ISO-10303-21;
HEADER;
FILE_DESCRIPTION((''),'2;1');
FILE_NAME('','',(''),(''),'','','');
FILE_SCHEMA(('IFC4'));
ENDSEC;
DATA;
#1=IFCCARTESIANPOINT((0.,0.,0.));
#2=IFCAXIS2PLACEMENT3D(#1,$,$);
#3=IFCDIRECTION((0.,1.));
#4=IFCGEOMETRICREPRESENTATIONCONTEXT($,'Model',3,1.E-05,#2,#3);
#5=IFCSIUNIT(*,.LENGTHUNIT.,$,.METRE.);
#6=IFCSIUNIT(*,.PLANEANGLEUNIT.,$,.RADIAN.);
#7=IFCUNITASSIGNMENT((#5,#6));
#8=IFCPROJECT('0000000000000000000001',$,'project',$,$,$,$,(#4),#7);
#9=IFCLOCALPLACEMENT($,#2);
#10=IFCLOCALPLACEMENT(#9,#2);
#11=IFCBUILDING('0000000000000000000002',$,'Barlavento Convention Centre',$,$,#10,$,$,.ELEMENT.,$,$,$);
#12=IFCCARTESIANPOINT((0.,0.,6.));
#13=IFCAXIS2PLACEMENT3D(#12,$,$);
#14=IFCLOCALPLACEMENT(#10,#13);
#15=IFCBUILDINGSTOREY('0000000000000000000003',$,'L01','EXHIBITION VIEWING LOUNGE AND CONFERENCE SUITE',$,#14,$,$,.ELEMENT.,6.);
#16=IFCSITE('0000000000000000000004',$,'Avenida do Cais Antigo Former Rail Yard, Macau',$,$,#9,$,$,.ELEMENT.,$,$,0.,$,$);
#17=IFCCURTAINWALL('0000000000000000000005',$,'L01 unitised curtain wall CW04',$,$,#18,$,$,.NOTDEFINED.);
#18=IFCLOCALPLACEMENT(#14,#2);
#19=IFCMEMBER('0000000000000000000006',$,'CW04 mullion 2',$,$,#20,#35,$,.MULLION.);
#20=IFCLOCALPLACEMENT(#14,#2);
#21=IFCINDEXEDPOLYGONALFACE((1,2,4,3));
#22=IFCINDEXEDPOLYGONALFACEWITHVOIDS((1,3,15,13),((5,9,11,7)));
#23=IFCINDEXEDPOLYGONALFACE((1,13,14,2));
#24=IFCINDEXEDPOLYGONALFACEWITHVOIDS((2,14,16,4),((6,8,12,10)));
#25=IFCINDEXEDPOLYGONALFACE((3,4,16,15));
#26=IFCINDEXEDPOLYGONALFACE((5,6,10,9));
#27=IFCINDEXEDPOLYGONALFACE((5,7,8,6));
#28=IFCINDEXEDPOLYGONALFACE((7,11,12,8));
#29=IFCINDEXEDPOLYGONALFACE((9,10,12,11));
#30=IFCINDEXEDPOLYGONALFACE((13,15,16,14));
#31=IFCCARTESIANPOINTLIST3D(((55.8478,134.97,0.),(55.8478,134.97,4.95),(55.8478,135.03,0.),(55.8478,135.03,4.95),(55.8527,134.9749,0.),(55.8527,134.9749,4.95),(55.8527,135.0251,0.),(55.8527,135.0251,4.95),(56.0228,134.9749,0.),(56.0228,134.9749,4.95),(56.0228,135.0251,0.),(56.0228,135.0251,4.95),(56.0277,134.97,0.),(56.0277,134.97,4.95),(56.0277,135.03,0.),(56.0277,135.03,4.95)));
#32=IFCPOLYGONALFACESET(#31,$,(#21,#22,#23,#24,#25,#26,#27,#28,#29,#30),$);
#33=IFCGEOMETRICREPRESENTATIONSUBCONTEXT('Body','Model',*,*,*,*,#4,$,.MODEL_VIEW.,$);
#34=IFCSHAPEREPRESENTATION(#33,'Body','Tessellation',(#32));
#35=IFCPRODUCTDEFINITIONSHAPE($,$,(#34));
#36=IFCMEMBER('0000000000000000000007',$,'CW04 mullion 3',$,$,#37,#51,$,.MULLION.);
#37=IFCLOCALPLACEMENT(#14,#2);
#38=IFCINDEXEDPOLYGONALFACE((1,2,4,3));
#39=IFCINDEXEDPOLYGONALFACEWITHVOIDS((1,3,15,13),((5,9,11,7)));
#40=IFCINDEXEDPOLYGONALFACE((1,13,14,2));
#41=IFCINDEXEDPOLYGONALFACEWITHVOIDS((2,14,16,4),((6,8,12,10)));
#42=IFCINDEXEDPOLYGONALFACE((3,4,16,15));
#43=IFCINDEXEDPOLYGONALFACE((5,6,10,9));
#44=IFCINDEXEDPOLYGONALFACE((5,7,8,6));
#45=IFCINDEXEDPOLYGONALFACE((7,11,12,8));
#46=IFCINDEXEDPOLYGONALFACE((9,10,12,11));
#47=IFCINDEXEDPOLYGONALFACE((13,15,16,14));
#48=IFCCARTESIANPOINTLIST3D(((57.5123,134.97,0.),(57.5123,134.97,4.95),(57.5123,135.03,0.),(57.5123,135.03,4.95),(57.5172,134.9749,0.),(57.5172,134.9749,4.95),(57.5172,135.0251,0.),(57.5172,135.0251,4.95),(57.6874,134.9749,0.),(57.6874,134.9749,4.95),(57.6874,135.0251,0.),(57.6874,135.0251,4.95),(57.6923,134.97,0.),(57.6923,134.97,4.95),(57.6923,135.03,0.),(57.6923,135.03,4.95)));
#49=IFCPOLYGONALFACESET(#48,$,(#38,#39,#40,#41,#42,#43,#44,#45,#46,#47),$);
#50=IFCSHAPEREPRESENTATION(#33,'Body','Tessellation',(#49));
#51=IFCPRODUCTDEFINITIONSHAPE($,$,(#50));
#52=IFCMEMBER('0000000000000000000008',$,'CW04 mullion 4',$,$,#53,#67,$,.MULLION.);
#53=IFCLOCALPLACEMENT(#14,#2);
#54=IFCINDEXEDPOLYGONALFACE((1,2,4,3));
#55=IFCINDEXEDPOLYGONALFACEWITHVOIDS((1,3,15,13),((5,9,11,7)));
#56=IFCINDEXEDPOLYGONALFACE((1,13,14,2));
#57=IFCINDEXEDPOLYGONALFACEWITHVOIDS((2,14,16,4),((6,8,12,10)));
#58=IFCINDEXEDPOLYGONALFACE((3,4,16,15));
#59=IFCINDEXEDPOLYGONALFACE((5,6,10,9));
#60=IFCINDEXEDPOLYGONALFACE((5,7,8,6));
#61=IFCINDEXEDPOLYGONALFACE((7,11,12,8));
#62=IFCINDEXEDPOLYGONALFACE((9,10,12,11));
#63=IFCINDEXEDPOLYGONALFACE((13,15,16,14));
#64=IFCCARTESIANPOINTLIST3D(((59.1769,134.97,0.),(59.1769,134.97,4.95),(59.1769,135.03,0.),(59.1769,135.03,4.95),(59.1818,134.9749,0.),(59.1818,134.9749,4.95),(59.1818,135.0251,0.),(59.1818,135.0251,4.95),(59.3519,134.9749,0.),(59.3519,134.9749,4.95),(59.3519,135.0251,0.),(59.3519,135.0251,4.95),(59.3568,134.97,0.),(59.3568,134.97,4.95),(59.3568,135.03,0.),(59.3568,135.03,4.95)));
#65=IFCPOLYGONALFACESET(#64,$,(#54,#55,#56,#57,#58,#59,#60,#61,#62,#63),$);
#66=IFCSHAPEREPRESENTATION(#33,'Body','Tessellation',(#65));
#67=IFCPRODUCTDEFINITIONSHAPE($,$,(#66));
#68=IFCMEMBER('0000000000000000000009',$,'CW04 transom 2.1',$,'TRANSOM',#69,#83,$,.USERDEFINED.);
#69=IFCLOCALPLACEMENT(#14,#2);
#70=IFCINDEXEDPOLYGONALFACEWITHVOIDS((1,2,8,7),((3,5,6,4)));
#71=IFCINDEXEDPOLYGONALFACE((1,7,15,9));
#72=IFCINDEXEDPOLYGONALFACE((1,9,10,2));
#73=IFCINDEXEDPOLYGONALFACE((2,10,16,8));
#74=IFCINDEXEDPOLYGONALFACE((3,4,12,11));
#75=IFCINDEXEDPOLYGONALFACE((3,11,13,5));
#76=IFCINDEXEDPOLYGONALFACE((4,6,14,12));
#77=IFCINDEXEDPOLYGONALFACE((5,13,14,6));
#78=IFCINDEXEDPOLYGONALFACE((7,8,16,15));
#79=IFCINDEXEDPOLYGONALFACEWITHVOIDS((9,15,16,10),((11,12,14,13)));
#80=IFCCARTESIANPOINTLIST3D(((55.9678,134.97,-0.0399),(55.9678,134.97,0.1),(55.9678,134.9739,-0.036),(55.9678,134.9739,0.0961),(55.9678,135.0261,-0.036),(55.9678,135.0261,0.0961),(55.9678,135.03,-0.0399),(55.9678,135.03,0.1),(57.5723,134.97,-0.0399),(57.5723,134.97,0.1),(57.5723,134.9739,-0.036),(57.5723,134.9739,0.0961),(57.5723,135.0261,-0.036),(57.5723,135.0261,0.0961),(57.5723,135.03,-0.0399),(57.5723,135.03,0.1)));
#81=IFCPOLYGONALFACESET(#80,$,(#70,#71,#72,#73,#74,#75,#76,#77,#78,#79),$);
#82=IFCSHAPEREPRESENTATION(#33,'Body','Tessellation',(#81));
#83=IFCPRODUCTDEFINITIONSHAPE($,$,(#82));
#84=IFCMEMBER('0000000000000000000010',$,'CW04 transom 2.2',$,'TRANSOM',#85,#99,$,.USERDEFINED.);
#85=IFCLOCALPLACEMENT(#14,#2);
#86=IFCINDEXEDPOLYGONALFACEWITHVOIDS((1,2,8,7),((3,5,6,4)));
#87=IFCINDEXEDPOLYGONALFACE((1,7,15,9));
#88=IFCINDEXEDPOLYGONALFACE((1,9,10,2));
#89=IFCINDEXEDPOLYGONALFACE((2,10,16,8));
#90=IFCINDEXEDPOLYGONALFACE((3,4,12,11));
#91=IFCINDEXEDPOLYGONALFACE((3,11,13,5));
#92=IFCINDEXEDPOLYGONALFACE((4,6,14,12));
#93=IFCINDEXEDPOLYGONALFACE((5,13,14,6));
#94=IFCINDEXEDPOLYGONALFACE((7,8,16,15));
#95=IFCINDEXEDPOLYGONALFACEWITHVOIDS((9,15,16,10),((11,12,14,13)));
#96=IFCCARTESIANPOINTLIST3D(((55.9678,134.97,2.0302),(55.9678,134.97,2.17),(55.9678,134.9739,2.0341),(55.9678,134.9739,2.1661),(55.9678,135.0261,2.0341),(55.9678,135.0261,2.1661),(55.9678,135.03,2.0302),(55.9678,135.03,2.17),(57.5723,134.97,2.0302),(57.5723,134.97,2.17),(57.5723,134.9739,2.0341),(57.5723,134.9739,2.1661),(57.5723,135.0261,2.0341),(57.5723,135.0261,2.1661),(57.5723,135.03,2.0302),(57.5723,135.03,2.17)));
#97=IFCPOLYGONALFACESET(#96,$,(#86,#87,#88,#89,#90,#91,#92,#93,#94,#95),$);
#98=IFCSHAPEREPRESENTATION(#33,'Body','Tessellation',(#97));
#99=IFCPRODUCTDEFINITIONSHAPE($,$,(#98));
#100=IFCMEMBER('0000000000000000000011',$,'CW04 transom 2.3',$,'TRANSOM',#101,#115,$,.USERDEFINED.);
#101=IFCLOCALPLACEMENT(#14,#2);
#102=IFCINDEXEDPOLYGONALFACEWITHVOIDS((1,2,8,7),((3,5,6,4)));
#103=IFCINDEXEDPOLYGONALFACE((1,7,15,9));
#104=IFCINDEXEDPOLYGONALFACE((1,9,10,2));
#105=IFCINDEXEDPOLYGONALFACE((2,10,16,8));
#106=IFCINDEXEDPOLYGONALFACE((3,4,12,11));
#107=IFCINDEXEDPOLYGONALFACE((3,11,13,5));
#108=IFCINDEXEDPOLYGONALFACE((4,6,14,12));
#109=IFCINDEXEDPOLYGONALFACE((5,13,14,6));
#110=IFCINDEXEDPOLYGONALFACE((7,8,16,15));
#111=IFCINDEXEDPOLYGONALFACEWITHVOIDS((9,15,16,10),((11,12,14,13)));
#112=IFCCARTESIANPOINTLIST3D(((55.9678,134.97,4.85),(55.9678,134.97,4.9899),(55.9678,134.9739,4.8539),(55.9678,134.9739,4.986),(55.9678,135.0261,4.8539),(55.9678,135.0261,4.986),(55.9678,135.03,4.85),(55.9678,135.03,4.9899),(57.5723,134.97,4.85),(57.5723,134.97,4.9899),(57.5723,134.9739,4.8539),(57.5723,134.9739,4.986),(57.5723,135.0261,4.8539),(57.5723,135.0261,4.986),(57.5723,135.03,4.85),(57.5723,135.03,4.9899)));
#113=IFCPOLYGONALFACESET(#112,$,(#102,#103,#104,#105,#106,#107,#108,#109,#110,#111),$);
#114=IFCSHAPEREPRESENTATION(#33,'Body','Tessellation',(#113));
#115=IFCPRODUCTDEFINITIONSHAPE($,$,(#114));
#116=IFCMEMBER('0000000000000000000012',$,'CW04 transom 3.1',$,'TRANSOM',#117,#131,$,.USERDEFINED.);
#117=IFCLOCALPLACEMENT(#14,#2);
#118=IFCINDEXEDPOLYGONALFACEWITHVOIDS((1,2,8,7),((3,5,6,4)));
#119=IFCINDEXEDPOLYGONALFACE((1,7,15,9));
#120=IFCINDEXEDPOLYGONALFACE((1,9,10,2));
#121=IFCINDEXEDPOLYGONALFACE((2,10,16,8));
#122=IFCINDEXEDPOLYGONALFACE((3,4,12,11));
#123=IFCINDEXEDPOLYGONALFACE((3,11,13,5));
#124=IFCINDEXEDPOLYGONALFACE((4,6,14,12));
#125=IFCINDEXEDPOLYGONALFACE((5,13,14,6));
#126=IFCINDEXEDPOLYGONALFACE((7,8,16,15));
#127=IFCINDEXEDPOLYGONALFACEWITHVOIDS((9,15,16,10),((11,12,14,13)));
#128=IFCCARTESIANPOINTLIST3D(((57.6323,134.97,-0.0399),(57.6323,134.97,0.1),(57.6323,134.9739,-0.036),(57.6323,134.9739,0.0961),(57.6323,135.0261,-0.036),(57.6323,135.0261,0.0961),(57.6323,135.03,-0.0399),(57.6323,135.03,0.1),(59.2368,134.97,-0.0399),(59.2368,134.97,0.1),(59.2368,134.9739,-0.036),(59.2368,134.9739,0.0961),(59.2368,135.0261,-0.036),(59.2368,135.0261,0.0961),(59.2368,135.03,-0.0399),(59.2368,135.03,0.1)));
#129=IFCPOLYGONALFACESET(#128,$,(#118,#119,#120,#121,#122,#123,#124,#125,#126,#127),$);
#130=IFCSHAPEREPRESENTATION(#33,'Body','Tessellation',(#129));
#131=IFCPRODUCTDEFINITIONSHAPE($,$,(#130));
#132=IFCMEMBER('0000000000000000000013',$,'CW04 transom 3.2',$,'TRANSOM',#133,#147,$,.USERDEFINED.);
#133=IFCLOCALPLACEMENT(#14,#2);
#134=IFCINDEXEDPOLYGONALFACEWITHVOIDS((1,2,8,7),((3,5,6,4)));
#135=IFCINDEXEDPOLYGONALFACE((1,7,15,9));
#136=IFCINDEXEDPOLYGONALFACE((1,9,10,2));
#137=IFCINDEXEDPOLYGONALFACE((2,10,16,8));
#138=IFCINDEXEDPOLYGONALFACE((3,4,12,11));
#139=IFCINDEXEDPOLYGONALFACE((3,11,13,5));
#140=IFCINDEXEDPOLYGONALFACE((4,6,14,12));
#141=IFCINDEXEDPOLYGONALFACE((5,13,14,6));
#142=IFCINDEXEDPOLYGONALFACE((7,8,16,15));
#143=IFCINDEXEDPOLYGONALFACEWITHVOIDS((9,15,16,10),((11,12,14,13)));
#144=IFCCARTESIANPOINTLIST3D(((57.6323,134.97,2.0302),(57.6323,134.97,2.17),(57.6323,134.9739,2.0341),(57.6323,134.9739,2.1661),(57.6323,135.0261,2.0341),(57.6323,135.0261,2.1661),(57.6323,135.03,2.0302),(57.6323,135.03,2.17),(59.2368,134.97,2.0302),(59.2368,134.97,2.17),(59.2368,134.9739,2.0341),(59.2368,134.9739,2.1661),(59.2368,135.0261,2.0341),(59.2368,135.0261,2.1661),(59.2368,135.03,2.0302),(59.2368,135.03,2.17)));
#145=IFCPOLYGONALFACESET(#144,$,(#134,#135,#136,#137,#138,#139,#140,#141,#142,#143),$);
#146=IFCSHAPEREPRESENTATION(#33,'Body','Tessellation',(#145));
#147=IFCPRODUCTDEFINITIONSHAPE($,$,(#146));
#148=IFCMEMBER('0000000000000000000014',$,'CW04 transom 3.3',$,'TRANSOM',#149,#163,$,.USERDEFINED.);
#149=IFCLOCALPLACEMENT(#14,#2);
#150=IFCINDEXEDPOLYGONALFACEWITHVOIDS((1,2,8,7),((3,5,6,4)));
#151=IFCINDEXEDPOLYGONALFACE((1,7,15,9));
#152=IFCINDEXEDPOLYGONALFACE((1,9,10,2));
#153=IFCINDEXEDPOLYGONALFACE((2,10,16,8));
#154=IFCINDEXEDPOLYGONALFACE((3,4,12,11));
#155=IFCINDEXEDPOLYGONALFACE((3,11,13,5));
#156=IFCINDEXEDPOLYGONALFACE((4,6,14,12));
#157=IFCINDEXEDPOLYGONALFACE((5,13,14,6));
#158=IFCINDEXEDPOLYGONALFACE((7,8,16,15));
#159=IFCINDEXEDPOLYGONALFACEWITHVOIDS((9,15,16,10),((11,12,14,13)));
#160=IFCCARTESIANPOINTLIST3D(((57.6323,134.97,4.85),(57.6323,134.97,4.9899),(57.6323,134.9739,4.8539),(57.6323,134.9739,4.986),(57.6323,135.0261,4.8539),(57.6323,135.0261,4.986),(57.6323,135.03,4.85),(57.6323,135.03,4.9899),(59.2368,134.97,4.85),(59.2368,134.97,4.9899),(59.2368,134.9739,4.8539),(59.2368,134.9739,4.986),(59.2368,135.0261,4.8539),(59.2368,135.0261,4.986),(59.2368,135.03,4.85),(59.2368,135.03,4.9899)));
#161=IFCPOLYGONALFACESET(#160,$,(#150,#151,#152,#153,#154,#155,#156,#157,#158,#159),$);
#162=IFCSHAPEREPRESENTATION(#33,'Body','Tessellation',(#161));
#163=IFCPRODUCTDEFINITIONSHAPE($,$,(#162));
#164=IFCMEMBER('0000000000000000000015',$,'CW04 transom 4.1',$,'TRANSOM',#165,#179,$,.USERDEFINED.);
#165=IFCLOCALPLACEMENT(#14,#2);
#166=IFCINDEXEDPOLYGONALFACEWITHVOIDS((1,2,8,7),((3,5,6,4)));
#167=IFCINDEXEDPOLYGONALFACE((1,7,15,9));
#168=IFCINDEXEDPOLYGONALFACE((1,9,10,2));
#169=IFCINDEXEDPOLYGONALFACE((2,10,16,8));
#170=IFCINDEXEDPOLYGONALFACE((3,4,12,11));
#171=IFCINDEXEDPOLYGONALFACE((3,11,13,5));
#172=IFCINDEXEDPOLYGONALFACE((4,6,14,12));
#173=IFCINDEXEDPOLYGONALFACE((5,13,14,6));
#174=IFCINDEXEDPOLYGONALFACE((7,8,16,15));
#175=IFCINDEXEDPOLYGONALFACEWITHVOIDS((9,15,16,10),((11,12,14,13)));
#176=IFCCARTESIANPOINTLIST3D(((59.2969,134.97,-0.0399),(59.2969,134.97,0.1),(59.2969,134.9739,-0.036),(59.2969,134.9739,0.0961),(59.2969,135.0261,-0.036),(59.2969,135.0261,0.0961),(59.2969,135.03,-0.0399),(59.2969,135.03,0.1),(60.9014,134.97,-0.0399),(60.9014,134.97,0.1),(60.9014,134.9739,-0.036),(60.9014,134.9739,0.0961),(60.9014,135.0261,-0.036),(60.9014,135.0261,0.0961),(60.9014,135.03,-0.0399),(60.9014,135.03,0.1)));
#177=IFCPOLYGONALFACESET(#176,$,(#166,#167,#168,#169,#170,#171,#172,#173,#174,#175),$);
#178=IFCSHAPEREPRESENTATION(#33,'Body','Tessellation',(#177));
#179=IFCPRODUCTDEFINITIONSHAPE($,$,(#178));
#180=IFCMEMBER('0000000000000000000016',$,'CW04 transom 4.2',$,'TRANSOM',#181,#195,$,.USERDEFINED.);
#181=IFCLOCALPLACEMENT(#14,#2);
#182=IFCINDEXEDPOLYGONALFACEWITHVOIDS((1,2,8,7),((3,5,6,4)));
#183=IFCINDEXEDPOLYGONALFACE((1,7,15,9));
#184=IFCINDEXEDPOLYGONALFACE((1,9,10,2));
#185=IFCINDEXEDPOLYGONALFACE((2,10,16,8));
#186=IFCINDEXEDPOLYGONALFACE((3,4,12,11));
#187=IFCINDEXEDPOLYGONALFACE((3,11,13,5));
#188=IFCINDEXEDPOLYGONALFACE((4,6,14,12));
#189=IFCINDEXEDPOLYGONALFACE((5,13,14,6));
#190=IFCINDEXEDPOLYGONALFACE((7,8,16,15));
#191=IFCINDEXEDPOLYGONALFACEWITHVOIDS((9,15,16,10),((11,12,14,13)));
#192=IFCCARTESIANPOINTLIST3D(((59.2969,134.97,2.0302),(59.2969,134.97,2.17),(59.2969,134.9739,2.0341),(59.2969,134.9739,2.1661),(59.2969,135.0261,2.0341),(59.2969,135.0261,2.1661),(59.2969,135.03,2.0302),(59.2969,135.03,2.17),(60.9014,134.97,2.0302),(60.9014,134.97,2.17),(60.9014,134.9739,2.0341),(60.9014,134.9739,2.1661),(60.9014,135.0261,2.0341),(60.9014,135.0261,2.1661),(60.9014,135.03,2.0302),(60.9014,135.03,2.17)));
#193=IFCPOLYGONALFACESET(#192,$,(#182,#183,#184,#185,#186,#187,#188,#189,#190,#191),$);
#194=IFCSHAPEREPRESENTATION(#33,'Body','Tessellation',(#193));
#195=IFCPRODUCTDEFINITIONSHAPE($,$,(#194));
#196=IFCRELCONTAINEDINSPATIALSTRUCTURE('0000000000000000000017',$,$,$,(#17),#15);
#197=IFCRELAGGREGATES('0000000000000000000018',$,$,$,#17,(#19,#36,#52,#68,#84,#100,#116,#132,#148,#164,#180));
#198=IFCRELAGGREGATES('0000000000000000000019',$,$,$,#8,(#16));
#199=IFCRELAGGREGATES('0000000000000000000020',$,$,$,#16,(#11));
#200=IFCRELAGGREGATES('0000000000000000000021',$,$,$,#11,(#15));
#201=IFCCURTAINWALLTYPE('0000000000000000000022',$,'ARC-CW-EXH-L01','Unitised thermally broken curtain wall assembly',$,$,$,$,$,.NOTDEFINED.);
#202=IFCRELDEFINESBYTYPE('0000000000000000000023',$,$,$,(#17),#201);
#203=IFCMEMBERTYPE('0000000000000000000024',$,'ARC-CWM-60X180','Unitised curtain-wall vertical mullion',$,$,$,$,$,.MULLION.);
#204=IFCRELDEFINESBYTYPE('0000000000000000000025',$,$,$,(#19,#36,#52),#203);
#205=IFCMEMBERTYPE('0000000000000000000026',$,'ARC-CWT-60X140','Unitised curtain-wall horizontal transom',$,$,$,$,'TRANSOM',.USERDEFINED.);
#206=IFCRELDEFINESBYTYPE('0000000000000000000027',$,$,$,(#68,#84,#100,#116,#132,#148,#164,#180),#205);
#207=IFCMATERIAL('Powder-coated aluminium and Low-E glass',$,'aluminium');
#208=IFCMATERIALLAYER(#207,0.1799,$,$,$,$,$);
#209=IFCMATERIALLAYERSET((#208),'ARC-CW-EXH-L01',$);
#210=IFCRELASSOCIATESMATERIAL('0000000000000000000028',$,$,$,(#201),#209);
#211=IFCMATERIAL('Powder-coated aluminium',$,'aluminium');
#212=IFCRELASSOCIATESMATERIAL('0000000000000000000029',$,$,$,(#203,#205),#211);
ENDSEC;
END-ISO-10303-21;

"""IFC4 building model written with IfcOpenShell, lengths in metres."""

from ifc_helpers import new_model, si_unit, direction, frame, origin, origin_2d, place, context, subcontext, project, spatial, hollow_rectangle, extrude, material, layer, layer_set, material_profile, profile_set, type_object, element, aggregate, save


model = new_model("IFC4")

# Units and contexts
model_context = context("Model", 3, precision=1e-05, world=origin(), true_north=direction((0.0, 1.0)))
body_context = subcontext(model_context, "Body", "Model", "MODEL_VIEW")
ifc_project = project(units=[si_unit("LENGTHUNIT", "METRE"), si_unit("PLANEANGLEUNIT", "RADIAN")], contexts=[model_context])

# Site, building, storey
site_placement = place(None, origin())
site = spatial("IfcSite", under=ifc_project, at=site_placement, Name="Avenida do Cais Antigo Former Rail Yard, Macau", CompositionType="ELEMENT", RefElevation=0.0)
building_placement = place(site_placement, origin())
building = spatial("IfcBuilding", under=site, at=building_placement, Name="Barlavento Convention Centre", CompositionType="ELEMENT")
storey_placement = place(building_placement, frame((0.0, 0.0, 6.0)))
storey = spatial("IfcBuildingStorey", under=building, at=storey_placement, Name="L01", Description="EXHIBITION VIEWING LOUNGE AND CONFERENCE SUITE", CompositionType="ELEMENT", Elevation=6.0)

# Curtain wall, members
ifc_material_1 = material(Name="Powder-coated aluminium and Low-E glass", Category="aluminium")
ifc_layer_1 = layer(ifc_material_1, 0.1799)
ifc_layer_set_1 = layer_set([ifc_layer_1], Name="ARC-CW-EXH-L01")
curtain_wall_type = type_object("IfcCurtainWallType", Name="ARC-CW-EXH-L01", Description="Unitised thermally broken curtain wall assembly", PredefinedType="NOTDEFINED", material=ifc_layer_set_1)
curtain_wall_placement = place(storey_placement, origin())
curtain_wall = element("IfcCurtainWall", 1, at=curtain_wall_placement, inside=storey, type_object=curtain_wall_type, Name="L01 unitised curtain wall CW04", PredefinedType="NOTDEFINED")
ifc_material_2 = material(Name="Powder-coated aluminium", Category="aluminium")
ifc_material_profile_1 = material_profile(ifc_material_2, hollow_rectangle(XDim=0.0601, YDim=0.1799, WallThickness=0.0049, at=origin_2d()), Name="AL-MULL 60x180x5")
ifc_profile_set_1 = profile_set([ifc_material_profile_1], Name="Powder-coated aluminium")
member_type_1 = type_object("IfcMemberType", Name="ARC-CWM-60X180", Description="Unitised curtain-wall vertical mullion", PredefinedType="MULLION", material=ifc_profile_set_1)
member_1_placement = place(storey_placement, frame((55.9377, 135.0, 0.0), z_axis=(0.0, 0.0, 1.0), x_axis=(0.0, 1.0, 0.0)))
member_1 = element("IfcMember", 2, at=member_1_placement, type_object=member_type_1, Name="CW04 mullion 2", PredefinedType="MULLION", context=body_context, shape_type="SweptSolid", body=[
    extrude(hollow_rectangle(XDim=0.0601, YDim=0.1799, WallThickness=0.0049, at=origin_2d()), origin(), (0.0, 0.0, 1.0), 4.95),
])
member_2_placement = place(storey_placement, frame((57.6023, 135.0, 0.0), z_axis=(0.0, 0.0, 1.0), x_axis=(0.0, 1.0, 0.0)))
member_2 = element("IfcMember", 3, at=member_2_placement, type_object=member_type_1, Name="CW04 mullion 3", PredefinedType="MULLION", context=body_context, shape_type="SweptSolid", body=[
    extrude(hollow_rectangle(XDim=0.0601, YDim=0.1799, WallThickness=0.0049, at=origin_2d()), origin(), (0.0, 0.0, 1.0), 4.95),
])
member_3_placement = place(storey_placement, frame((59.2668, 135.0, 0.0), z_axis=(0.0, 0.0, 1.0), x_axis=(0.0, 1.0, 0.0)))
member_3 = element("IfcMember", 4, at=member_3_placement, type_object=member_type_1, Name="CW04 mullion 4", PredefinedType="MULLION", context=body_context, shape_type="SweptSolid", body=[
    extrude(hollow_rectangle(XDim=0.0601, YDim=0.1799, WallThickness=0.0049, at=origin_2d()), origin(), (0.0, 0.0, 1.0), 4.95),
])
ifc_material_profile_2 = material_profile(ifc_material_2, hollow_rectangle(XDim=0.0601, YDim=0.1399, WallThickness=0.0039, at=origin_2d()), Name="AL-TRAN 60x140x4")
ifc_profile_set_2 = profile_set([ifc_material_profile_2], Name="Powder-coated aluminium")
member_type_2 = type_object("IfcMemberType", Name="ARC-CWT-60X140", Description="Unitised curtain-wall horizontal transom", ElementType="TRANSOM", PredefinedType="USERDEFINED", material=ifc_profile_set_2)
member_4_placement = place(storey_placement, frame((55.9678, 135.0, 0.03), z_axis=(1.0, 0.0, 0.0), x_axis=(0.0, 1.0, 0.0)))
member_4 = element("IfcMember", 5, at=member_4_placement, type_object=member_type_2, Name="CW04 transom 2.1", ObjectType="TRANSOM", PredefinedType="USERDEFINED", context=body_context, shape_type="SweptSolid", body=[
    extrude(hollow_rectangle(XDim=0.0601, YDim=0.1399, WallThickness=0.0039, at=origin_2d()), origin(), (0.0, 0.0, 1.0), 1.6045),
])
member_5_placement = place(storey_placement, frame((55.9678, 135.0, 2.1001), z_axis=(1.0, 0.0, 0.0), x_axis=(0.0, 1.0, 0.0)))
member_5 = element("IfcMember", 6, at=member_5_placement, type_object=member_type_2, Name="CW04 transom 2.2", ObjectType="TRANSOM", PredefinedType="USERDEFINED", context=body_context, shape_type="SweptSolid", body=[
    extrude(hollow_rectangle(XDim=0.0601, YDim=0.1399, WallThickness=0.0039, at=origin_2d()), origin(), (0.0, 0.0, 1.0), 1.6045),
])
member_6_placement = place(storey_placement, frame((55.9678, 135.0, 4.9199), z_axis=(1.0, 0.0, 0.0), x_axis=(0.0, 1.0, 0.0)))
member_6 = element("IfcMember", 7, at=member_6_placement, type_object=member_type_2, Name="CW04 transom 2.3", ObjectType="TRANSOM", PredefinedType="USERDEFINED", context=body_context, shape_type="SweptSolid", body=[
    extrude(hollow_rectangle(XDim=0.0601, YDim=0.1399, WallThickness=0.0039, at=origin_2d()), origin(), (0.0, 0.0, 1.0), 1.6045),
])
member_7_placement = place(storey_placement, frame((57.6323, 135.0, 0.03), z_axis=(1.0, 0.0, 0.0), x_axis=(0.0, 1.0, 0.0)))
member_7 = element("IfcMember", 8, at=member_7_placement, type_object=member_type_2, Name="CW04 transom 3.1", ObjectType="TRANSOM", PredefinedType="USERDEFINED", context=body_context, shape_type="SweptSolid", body=[
    extrude(hollow_rectangle(XDim=0.0601, YDim=0.1399, WallThickness=0.0039, at=origin_2d()), origin(), (0.0, 0.0, 1.0), 1.6045),
])
member_8_placement = place(storey_placement, frame((57.6323, 135.0, 2.1001), z_axis=(1.0, 0.0, 0.0), x_axis=(0.0, 1.0, 0.0)))
member_8 = element("IfcMember", 9, at=member_8_placement, type_object=member_type_2, Name="CW04 transom 3.2", ObjectType="TRANSOM", PredefinedType="USERDEFINED", context=body_context, shape_type="SweptSolid", body=[
    extrude(hollow_rectangle(XDim=0.0601, YDim=0.1399, WallThickness=0.0039, at=origin_2d()), origin(), (0.0, 0.0, 1.0), 1.6045),
])
member_9_placement = place(storey_placement, frame((57.6323, 135.0, 4.9199), z_axis=(1.0, 0.0, 0.0), x_axis=(0.0, 1.0, 0.0)))
member_9 = element("IfcMember", 10, at=member_9_placement, type_object=member_type_2, Name="CW04 transom 3.3", ObjectType="TRANSOM", PredefinedType="USERDEFINED", context=body_context, shape_type="SweptSolid", body=[
    extrude(hollow_rectangle(XDim=0.0601, YDim=0.1399, WallThickness=0.0039, at=origin_2d()), origin(), (0.0, 0.0, 1.0), 1.6045),
])
member_10_placement = place(storey_placement, frame((59.2969, 135.0, 0.03), z_axis=(1.0, 0.0, 0.0), x_axis=(0.0, 1.0, 0.0)))
member_10 = element("IfcMember", 11, at=member_10_placement, type_object=member_type_2, Name="CW04 transom 4.1", ObjectType="TRANSOM", PredefinedType="USERDEFINED", context=body_context, shape_type="SweptSolid", body=[
    extrude(hollow_rectangle(XDim=0.0601, YDim=0.1399, WallThickness=0.0039, at=origin_2d()), origin(), (0.0, 0.0, 1.0), 1.6045),
])
member_11_placement = place(storey_placement, frame((59.2969, 135.0, 2.1001), z_axis=(1.0, 0.0, 0.0), x_axis=(0.0, 1.0, 0.0)))
member_11 = element("IfcMember", 12, at=member_11_placement, type_object=member_type_2, Name="CW04 transom 4.2", ObjectType="TRANSOM", PredefinedType="USERDEFINED", context=body_context, shape_type="SweptSolid", body=[
    extrude(hollow_rectangle(XDim=0.0601, YDim=0.1399, WallThickness=0.0039, at=origin_2d()), origin(), (0.0, 0.0, 1.0), 1.6045),
])
aggregate(curtain_wall, [member_1, member_2, member_3, member_4, member_5, member_6, member_7, member_8, member_9, member_10, member_11])

save(model, "model.ifc")
